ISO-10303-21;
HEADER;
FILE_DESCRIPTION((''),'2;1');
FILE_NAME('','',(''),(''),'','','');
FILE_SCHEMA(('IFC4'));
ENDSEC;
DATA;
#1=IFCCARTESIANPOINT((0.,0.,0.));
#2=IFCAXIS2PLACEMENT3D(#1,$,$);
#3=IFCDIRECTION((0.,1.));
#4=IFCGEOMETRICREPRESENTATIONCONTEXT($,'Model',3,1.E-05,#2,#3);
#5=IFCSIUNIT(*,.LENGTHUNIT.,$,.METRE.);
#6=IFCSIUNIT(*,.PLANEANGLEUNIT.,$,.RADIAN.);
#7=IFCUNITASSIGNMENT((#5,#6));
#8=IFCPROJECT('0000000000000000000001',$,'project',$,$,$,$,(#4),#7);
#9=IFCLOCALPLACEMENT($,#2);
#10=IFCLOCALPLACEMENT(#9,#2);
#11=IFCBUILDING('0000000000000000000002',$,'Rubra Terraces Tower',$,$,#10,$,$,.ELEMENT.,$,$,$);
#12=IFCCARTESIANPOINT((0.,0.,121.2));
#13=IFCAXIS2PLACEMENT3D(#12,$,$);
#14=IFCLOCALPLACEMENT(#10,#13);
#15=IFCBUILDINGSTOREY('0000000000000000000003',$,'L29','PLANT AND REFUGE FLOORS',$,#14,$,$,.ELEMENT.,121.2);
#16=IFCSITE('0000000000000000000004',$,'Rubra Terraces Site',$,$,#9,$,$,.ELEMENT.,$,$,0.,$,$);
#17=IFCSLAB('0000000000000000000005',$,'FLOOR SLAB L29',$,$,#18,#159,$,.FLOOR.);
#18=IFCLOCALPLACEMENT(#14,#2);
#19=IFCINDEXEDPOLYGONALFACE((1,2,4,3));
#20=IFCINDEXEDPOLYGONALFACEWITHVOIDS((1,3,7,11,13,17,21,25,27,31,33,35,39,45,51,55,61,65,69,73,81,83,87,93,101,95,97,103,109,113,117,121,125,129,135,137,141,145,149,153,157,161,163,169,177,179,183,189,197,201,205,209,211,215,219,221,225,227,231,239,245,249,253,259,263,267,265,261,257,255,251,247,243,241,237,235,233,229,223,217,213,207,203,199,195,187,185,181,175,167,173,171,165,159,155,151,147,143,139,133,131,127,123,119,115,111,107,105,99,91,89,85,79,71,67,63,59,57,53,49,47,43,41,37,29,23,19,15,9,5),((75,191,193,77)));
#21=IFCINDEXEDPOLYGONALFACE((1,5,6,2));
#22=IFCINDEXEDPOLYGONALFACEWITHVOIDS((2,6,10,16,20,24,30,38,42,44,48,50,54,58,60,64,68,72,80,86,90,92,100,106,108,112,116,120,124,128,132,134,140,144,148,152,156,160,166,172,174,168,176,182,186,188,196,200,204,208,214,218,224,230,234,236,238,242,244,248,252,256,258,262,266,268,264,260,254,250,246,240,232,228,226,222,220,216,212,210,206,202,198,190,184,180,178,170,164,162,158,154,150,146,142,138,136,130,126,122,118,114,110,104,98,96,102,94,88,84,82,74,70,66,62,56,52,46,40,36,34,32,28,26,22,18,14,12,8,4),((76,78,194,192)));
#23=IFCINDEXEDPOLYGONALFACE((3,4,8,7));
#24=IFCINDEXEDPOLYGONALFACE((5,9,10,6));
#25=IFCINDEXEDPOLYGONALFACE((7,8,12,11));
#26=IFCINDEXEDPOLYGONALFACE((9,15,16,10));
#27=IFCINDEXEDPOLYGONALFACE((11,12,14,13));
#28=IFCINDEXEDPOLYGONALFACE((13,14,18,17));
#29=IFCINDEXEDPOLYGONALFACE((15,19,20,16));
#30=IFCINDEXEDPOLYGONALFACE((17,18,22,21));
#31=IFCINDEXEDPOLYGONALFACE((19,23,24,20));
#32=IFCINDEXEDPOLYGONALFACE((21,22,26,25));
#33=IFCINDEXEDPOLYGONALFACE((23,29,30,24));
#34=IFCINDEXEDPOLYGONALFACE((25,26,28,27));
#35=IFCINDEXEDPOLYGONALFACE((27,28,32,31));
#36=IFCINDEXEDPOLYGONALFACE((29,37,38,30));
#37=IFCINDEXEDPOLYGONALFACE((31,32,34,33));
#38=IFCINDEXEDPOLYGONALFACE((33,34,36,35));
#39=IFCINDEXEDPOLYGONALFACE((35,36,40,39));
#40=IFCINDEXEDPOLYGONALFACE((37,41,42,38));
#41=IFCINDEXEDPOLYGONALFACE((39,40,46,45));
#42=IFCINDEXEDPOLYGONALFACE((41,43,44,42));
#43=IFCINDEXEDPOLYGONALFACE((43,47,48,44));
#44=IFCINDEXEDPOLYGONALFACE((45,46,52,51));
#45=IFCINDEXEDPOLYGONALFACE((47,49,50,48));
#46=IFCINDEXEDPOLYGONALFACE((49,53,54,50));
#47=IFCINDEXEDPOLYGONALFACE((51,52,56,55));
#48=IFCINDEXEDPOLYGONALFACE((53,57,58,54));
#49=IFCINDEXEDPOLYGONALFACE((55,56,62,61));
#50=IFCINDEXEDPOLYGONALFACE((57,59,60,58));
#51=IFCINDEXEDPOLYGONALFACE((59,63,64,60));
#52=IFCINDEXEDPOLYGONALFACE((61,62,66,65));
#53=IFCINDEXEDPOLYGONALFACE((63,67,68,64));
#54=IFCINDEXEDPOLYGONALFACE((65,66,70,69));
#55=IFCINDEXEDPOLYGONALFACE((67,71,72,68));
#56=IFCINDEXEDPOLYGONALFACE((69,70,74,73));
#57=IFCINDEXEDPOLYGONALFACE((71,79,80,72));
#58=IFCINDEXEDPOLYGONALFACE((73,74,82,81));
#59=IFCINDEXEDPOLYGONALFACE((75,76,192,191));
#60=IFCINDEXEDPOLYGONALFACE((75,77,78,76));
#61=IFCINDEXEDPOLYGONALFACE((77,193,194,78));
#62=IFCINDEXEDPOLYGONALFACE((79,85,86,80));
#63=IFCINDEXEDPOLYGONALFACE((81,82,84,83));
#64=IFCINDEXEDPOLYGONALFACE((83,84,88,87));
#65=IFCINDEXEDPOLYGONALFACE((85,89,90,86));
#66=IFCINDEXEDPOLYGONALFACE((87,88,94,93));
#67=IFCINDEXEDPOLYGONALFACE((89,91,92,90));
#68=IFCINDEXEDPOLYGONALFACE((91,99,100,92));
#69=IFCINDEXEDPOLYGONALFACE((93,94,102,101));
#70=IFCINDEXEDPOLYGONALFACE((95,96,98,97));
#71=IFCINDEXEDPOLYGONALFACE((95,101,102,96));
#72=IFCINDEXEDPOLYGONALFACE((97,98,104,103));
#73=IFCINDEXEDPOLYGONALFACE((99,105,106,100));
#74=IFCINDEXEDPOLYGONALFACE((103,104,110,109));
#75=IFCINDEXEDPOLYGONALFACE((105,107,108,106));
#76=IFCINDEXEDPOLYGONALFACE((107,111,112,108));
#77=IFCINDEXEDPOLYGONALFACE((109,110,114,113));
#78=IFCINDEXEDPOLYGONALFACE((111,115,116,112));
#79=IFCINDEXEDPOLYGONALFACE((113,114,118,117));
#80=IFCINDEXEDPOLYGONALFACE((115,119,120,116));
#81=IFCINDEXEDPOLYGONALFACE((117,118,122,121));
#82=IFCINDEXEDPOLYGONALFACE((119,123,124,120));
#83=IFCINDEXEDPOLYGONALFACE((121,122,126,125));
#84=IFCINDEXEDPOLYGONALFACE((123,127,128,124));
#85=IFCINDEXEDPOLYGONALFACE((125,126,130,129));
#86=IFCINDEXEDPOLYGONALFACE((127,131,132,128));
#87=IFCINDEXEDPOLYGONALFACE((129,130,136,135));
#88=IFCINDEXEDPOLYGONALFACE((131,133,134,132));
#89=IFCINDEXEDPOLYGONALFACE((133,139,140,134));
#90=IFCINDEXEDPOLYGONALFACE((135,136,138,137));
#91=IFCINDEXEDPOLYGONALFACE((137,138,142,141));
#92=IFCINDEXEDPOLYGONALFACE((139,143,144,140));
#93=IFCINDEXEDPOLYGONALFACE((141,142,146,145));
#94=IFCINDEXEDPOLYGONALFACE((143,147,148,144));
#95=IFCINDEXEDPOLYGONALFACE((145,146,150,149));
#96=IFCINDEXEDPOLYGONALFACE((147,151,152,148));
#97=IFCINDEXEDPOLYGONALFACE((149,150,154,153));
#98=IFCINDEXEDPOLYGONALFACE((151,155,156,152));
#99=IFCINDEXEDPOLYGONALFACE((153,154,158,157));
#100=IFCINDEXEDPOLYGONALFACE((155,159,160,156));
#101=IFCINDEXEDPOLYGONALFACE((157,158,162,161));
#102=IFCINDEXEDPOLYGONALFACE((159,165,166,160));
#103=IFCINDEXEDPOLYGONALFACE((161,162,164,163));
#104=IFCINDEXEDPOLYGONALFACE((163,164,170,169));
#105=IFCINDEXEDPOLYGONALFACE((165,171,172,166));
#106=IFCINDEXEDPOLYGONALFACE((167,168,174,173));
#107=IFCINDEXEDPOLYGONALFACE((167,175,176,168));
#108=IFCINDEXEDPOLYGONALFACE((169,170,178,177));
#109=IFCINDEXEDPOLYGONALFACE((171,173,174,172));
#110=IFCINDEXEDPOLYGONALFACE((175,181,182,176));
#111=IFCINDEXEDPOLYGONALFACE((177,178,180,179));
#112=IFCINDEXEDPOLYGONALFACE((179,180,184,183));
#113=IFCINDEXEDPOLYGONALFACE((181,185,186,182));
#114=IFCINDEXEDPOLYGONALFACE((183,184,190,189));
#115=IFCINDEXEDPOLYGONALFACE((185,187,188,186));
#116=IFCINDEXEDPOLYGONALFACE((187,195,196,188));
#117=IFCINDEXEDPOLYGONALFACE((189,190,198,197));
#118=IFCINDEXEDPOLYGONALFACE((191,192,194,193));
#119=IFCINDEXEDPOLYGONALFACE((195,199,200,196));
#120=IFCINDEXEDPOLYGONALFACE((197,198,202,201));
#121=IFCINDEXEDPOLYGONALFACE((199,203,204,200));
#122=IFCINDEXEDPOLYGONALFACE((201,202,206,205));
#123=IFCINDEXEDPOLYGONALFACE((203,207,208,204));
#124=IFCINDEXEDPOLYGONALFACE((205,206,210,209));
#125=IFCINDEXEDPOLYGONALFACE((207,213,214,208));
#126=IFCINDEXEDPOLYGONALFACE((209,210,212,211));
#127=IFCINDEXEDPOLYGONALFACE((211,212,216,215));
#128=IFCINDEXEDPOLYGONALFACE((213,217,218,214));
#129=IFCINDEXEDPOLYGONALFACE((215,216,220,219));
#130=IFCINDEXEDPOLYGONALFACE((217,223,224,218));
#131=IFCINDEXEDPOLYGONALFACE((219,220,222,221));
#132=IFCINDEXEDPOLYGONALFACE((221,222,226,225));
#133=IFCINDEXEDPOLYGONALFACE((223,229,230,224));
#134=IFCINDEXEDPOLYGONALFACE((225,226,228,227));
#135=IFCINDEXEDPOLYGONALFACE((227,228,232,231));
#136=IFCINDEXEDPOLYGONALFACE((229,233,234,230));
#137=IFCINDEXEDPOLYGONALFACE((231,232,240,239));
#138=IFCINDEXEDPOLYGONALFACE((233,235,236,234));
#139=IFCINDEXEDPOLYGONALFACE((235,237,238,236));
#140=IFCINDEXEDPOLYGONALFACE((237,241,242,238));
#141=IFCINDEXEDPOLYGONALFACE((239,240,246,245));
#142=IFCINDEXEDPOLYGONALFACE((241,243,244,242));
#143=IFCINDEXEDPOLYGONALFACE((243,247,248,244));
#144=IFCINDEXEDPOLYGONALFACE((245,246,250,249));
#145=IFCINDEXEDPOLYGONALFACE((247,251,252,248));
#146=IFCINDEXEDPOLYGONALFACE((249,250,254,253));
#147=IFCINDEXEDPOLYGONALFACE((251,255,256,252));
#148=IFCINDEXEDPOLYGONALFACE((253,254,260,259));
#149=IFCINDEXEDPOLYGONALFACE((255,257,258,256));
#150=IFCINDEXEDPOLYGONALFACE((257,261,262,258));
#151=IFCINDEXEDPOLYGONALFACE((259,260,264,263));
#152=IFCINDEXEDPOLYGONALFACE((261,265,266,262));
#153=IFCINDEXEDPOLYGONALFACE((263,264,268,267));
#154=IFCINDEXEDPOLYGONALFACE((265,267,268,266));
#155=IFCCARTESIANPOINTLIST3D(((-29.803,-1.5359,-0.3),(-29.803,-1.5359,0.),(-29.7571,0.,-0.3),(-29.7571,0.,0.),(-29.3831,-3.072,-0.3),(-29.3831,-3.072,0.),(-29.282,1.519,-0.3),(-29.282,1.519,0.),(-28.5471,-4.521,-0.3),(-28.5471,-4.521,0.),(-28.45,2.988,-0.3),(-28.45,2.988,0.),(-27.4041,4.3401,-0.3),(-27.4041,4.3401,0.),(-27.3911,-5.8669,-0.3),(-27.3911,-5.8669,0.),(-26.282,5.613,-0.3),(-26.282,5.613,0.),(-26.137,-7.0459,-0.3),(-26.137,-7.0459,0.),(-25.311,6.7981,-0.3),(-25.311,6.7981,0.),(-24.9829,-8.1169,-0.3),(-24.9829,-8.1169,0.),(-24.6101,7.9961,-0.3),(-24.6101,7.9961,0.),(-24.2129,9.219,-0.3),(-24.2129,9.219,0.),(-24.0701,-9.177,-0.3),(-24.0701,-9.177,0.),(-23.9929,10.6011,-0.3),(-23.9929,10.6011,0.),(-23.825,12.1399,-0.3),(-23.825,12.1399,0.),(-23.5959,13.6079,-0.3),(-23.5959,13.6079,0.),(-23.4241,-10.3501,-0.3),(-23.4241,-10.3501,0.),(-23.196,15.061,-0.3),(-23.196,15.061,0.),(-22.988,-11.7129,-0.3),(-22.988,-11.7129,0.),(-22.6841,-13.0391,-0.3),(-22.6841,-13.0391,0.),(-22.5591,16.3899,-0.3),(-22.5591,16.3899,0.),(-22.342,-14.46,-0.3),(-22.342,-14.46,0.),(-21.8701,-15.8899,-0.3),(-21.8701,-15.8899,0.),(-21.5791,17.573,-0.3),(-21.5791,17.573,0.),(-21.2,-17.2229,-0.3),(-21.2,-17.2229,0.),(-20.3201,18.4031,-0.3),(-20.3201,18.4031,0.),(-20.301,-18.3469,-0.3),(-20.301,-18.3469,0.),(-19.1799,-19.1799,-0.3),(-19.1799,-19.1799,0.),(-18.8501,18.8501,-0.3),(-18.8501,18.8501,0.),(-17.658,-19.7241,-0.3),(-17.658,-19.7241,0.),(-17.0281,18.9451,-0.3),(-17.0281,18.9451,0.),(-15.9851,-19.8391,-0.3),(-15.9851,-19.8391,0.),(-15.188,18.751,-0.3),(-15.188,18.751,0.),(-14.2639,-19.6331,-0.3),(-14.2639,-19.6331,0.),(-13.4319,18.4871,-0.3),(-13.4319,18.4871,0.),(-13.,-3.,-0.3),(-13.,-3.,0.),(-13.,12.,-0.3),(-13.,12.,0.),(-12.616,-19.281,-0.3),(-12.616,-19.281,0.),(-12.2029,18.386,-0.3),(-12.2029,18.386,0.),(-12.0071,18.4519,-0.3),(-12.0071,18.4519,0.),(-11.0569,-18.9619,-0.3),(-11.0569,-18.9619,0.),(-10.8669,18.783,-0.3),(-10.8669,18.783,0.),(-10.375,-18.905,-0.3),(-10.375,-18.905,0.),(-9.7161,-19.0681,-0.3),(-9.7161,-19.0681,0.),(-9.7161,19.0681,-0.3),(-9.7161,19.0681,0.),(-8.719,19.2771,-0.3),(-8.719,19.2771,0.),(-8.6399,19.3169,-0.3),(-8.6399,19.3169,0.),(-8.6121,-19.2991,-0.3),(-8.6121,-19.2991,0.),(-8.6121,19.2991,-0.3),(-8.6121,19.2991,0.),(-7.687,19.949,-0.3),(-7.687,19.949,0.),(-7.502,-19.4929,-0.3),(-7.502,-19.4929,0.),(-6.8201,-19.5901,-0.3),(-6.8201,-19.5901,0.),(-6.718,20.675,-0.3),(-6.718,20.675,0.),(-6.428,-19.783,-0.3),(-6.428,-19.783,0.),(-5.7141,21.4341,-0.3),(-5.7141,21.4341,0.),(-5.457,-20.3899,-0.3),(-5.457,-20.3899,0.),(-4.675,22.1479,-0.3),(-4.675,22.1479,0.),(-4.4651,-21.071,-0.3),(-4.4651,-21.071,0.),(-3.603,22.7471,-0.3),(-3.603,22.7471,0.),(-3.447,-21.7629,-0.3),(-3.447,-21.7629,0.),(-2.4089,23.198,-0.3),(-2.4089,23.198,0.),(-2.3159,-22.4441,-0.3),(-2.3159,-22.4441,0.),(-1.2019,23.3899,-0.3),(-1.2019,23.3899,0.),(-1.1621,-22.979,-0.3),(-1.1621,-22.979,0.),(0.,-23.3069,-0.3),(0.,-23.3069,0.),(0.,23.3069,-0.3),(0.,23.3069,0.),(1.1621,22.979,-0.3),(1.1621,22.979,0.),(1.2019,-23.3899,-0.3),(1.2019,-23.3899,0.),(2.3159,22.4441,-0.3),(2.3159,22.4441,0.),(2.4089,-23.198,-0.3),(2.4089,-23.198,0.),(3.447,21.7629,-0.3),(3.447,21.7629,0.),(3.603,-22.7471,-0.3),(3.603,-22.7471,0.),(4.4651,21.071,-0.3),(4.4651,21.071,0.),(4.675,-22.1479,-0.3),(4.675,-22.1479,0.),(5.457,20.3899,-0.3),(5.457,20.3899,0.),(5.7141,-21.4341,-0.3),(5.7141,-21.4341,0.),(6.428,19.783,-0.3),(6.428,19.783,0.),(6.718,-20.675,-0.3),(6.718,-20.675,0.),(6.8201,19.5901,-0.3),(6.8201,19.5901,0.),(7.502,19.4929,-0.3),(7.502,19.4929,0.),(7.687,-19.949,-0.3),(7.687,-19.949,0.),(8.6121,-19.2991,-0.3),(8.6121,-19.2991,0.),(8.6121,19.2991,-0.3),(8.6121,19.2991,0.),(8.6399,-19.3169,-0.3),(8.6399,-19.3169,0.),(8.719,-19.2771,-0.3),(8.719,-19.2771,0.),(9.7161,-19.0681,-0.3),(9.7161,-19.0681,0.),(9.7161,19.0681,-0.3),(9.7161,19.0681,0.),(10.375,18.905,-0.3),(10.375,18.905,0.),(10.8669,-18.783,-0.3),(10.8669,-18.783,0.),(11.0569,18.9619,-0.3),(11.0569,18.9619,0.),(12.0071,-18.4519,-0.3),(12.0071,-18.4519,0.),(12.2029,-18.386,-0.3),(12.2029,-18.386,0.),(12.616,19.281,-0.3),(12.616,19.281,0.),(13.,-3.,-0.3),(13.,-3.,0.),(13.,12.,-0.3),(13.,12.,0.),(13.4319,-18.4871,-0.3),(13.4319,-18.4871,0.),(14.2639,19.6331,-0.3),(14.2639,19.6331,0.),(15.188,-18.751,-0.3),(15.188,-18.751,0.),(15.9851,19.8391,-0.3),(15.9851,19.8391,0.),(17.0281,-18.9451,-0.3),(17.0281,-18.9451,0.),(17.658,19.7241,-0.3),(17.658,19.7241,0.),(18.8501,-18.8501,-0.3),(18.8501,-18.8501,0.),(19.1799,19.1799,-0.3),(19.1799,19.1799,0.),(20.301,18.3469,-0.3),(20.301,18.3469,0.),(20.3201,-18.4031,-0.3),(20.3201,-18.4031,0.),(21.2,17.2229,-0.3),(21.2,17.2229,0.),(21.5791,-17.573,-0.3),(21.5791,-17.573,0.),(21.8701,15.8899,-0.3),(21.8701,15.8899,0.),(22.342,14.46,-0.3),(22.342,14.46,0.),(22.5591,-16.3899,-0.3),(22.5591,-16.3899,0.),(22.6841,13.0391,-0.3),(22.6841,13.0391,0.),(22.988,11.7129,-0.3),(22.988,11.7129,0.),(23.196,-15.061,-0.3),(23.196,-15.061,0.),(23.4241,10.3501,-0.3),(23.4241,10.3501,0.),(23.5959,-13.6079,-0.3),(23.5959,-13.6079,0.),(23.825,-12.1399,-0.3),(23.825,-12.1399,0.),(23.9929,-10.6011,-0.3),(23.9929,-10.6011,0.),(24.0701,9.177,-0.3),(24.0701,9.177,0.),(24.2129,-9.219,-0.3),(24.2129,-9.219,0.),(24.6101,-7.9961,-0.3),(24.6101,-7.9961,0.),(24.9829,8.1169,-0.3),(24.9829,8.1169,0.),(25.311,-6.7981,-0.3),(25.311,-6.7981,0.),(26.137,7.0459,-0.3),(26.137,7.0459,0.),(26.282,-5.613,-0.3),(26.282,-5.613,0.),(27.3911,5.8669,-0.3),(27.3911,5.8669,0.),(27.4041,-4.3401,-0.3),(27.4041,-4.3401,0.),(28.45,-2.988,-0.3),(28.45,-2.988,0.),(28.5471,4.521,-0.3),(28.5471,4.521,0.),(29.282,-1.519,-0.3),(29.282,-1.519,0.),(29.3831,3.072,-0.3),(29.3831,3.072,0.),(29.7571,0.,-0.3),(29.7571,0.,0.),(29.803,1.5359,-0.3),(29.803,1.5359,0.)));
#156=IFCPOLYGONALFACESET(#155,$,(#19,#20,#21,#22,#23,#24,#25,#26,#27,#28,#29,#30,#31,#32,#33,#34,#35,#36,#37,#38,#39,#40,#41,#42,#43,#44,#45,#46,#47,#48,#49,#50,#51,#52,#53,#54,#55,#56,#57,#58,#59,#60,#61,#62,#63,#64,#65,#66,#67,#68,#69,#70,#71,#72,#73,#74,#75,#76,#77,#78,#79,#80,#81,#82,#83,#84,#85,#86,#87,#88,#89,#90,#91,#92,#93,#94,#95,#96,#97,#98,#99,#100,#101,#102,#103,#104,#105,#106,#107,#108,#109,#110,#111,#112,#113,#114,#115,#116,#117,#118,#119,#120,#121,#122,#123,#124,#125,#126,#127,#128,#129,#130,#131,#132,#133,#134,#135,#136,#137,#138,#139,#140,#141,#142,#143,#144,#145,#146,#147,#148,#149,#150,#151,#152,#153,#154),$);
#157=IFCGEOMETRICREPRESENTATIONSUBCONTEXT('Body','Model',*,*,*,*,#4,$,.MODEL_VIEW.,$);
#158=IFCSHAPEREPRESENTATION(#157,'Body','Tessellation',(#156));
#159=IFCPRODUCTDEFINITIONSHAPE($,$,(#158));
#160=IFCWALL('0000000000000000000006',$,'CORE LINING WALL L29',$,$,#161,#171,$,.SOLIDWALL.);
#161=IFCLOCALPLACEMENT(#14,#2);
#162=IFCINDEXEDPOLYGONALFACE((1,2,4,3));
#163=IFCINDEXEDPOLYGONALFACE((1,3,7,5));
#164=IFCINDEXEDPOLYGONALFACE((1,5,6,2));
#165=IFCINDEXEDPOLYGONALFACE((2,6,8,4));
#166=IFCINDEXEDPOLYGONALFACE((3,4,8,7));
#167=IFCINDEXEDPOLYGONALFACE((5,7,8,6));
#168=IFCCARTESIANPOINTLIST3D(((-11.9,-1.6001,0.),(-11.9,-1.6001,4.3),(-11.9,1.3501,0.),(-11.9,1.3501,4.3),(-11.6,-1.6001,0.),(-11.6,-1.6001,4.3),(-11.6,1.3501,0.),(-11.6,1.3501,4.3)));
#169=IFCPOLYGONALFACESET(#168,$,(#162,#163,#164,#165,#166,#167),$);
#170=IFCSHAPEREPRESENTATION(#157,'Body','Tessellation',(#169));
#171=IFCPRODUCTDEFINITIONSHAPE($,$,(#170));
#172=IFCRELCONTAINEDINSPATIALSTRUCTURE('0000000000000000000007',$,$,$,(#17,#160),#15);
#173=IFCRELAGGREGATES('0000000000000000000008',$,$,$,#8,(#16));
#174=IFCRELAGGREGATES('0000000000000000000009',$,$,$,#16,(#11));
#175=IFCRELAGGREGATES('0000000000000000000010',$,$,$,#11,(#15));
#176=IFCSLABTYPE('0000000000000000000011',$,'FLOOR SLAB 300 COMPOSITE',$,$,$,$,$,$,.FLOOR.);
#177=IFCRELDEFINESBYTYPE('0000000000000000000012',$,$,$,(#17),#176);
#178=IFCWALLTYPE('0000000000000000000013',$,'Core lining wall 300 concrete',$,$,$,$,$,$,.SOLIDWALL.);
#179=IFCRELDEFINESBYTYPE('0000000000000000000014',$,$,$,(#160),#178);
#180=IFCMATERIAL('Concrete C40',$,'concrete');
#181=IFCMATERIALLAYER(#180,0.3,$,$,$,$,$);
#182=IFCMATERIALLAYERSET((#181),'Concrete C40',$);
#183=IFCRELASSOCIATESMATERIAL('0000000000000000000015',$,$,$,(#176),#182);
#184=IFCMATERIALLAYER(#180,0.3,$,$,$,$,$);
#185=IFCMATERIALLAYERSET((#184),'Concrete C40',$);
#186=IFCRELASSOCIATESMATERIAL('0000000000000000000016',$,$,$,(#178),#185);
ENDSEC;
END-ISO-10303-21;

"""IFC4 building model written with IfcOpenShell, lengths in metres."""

from ifc_helpers import new_model, si_unit, direction, frame, frame_2d, origin, place, context, subcontext, project, spatial, polyline, rectangle, outline, extrude, material, layer, layer_set, type_object, element, save


model = new_model("IFC4")

# Units and contexts
model_context = context("Model", 3, precision=1e-05, world=origin(), true_north=direction((0.0, 1.0)))
body_context = subcontext(model_context, "Body", "Model", "MODEL_VIEW")
ifc_project = project(units=[si_unit("LENGTHUNIT", "METRE"), si_unit("PLANEANGLEUNIT", "RADIAN")], contexts=[model_context])

# Site, building, storey
site_placement = place(None, origin())
site = spatial("IfcSite", under=ifc_project, at=site_placement, Name="Rubra Terraces Site", CompositionType="ELEMENT", RefElevation=0.0)
building_placement = place(site_placement, origin())
building = spatial("IfcBuilding", under=site, at=building_placement, Name="Rubra Terraces Tower", CompositionType="ELEMENT")
storey_placement = place(building_placement, frame((0.0, 0.0, 121.2)))
storey = spatial("IfcBuildingStorey", under=building, at=storey_placement, Name="L29", Description="PLANT AND REFUGE FLOORS", CompositionType="ELEMENT", Elevation=121.2)

# Slab
ifc_material_1 = material(Name="Concrete C40", Category="concrete")
ifc_layer_1 = layer(ifc_material_1, 0.3)
ifc_layer_set_1 = layer_set([ifc_layer_1], Name="Concrete C40")
slab_type = type_object("IfcSlabType", Name="FLOOR SLAB 300 COMPOSITE", PredefinedType="FLOOR", material=ifc_layer_set_1)
slab_placement = place(storey_placement, frame((0.0, 0.0, -0.3)))
element("IfcSlab", 1, at=slab_placement, inside=storey, type_object=slab_type, Name="FLOOR SLAB L29", PredefinedType="FLOOR", context=body_context, shape_type="SweptSolid", body=[
    extrude(outline(polyline([(12.0071, -18.4519), (12.2029, -18.386), (13.4319, -18.4871), (15.188, -18.751), (17.0281, -18.9451), (18.8501, -18.8501), (20.3201, -18.4031), (21.5791, -17.573), (22.5591, -16.3899), (23.196, -15.061), (23.5959, -13.6079), (23.825, -12.1399), (23.9929, -10.6011), (24.2129, -9.219), (24.6101, -7.9961), (25.311, -6.7981), (26.282, -5.613), (27.4041, -4.3401), (28.45, -2.988), (29.282, -1.519), (29.7571, 0.0), (29.803, 1.5359), (29.3831, 3.072), (28.5471, 4.521), (27.3911, 5.8669), (26.137, 7.0459), (24.9829, 8.1169), (24.0701, 9.177), (23.4241, 10.3501), (22.988, 11.7129), (22.6841, 13.0391), (22.342, 14.46), (21.8701, 15.8899), (21.2, 17.2229), (20.301, 18.3469), (19.1799, 19.1799), (17.658, 19.7241), (15.9851, 19.8391), (14.2639, 19.6331), (12.616, 19.281), (11.0569, 18.9619), (10.375, 18.905), (9.7161, 19.0681), (8.6121, 19.2991), (7.502, 19.4929), (6.8201, 19.5901), (6.428, 19.783), (5.457, 20.3899), (4.4651, 21.071), (3.447, 21.7629), (2.3159, 22.4441), (1.1621, 22.979), (0.0, 23.3069), (-1.2019, 23.3899), (-2.4089, 23.198), (-3.603, 22.7471), (-4.675, 22.1479), (-5.7141, 21.4341), (-6.718, 20.675), (-7.687, 19.949), (-8.6399, 19.3169), (-8.719, 19.2771), (-8.6121, 19.2991), (-9.7161, 19.0681), (-10.8669, 18.783), (-12.0071, 18.4519), (-12.2029, 18.386), (-13.4319, 18.4871), (-15.188, 18.751), (-17.0281, 18.9451), (-18.8501, 18.8501), (-20.3201, 18.4031), (-21.5791, 17.573), (-22.5591, 16.3899), (-23.196, 15.061), (-23.5959, 13.6079), (-23.825, 12.1399), (-23.9929, 10.6011), (-24.2129, 9.219), (-24.6101, 7.9961), (-25.311, 6.7981), (-26.282, 5.613), (-27.4041, 4.3401), (-28.45, 2.988), (-29.282, 1.519), (-29.7571, 0.0), (-29.803, -1.5359), (-29.3831, -3.072), (-28.5471, -4.521), (-27.3911, -5.8669), (-26.137, -7.0459), (-24.9829, -8.1169), (-24.0701, -9.177), (-23.4241, -10.3501), (-22.988, -11.7129), (-22.6841, -13.0391), (-22.342, -14.46), (-21.8701, -15.8899), (-21.2, -17.2229), (-20.301, -18.3469), (-19.1799, -19.1799), (-17.658, -19.7241), (-15.9851, -19.8391), (-14.2639, -19.6331), (-12.616, -19.281), (-11.0569, -18.9619), (-10.375, -18.905), (-9.7161, -19.0681), (-8.6121, -19.2991), (-7.502, -19.4929), (-6.8201, -19.5901), (-6.428, -19.783), (-5.457, -20.3899), (-4.4651, -21.071), (-3.447, -21.7629), (-2.3159, -22.4441), (-1.1621, -22.979), (0.0, -23.3069), (1.2019, -23.3899), (2.4089, -23.198), (3.603, -22.7471), (4.675, -22.1479), (5.7141, -21.4341), (6.718, -20.675), (7.687, -19.949), (8.6399, -19.3169), (8.719, -19.2771), (8.6121, -19.2991), (9.7161, -19.0681), (10.8669, -18.783), (12.0071, -18.4519)]), holes=[polyline([(13.0, 12.0), (13.0, -3.0), (-13.0, -3.0), (-13.0, 12.0), (13.0, 12.0)])]), origin(), (0.0, 0.0, 1.0), 0.3),
])

# Wall
ifc_layer_2 = layer(ifc_material_1, 0.3)
ifc_layer_set_2 = layer_set([ifc_layer_2], Name="Concrete C40")
wall_type_1 = type_object("IfcWallType", Name="Core lining wall 300 concrete", PredefinedType="SOLIDWALL", material=ifc_layer_set_2)
wall_1_placement = place(storey_placement, frame((-11.75, -1.6001, 0.0), z_axis=(0.0, 0.0, 1.0), x_axis=(0.0, 1.0, 0.0)))
element("IfcWall", 2, at=wall_1_placement, inside=storey, type_object=wall_type_1, Name="CORE LINING WALL L29", PredefinedType="SOLIDWALL", context=body_context, shape_type="SweptSolid", body=[
    extrude(rectangle(XDim=2.9502, YDim=0.3, at=frame_2d((1.4751, 0.0))), origin(), (0.0, 0.0, 1.0), 4.3),
])

save(model, "model.ifc")
